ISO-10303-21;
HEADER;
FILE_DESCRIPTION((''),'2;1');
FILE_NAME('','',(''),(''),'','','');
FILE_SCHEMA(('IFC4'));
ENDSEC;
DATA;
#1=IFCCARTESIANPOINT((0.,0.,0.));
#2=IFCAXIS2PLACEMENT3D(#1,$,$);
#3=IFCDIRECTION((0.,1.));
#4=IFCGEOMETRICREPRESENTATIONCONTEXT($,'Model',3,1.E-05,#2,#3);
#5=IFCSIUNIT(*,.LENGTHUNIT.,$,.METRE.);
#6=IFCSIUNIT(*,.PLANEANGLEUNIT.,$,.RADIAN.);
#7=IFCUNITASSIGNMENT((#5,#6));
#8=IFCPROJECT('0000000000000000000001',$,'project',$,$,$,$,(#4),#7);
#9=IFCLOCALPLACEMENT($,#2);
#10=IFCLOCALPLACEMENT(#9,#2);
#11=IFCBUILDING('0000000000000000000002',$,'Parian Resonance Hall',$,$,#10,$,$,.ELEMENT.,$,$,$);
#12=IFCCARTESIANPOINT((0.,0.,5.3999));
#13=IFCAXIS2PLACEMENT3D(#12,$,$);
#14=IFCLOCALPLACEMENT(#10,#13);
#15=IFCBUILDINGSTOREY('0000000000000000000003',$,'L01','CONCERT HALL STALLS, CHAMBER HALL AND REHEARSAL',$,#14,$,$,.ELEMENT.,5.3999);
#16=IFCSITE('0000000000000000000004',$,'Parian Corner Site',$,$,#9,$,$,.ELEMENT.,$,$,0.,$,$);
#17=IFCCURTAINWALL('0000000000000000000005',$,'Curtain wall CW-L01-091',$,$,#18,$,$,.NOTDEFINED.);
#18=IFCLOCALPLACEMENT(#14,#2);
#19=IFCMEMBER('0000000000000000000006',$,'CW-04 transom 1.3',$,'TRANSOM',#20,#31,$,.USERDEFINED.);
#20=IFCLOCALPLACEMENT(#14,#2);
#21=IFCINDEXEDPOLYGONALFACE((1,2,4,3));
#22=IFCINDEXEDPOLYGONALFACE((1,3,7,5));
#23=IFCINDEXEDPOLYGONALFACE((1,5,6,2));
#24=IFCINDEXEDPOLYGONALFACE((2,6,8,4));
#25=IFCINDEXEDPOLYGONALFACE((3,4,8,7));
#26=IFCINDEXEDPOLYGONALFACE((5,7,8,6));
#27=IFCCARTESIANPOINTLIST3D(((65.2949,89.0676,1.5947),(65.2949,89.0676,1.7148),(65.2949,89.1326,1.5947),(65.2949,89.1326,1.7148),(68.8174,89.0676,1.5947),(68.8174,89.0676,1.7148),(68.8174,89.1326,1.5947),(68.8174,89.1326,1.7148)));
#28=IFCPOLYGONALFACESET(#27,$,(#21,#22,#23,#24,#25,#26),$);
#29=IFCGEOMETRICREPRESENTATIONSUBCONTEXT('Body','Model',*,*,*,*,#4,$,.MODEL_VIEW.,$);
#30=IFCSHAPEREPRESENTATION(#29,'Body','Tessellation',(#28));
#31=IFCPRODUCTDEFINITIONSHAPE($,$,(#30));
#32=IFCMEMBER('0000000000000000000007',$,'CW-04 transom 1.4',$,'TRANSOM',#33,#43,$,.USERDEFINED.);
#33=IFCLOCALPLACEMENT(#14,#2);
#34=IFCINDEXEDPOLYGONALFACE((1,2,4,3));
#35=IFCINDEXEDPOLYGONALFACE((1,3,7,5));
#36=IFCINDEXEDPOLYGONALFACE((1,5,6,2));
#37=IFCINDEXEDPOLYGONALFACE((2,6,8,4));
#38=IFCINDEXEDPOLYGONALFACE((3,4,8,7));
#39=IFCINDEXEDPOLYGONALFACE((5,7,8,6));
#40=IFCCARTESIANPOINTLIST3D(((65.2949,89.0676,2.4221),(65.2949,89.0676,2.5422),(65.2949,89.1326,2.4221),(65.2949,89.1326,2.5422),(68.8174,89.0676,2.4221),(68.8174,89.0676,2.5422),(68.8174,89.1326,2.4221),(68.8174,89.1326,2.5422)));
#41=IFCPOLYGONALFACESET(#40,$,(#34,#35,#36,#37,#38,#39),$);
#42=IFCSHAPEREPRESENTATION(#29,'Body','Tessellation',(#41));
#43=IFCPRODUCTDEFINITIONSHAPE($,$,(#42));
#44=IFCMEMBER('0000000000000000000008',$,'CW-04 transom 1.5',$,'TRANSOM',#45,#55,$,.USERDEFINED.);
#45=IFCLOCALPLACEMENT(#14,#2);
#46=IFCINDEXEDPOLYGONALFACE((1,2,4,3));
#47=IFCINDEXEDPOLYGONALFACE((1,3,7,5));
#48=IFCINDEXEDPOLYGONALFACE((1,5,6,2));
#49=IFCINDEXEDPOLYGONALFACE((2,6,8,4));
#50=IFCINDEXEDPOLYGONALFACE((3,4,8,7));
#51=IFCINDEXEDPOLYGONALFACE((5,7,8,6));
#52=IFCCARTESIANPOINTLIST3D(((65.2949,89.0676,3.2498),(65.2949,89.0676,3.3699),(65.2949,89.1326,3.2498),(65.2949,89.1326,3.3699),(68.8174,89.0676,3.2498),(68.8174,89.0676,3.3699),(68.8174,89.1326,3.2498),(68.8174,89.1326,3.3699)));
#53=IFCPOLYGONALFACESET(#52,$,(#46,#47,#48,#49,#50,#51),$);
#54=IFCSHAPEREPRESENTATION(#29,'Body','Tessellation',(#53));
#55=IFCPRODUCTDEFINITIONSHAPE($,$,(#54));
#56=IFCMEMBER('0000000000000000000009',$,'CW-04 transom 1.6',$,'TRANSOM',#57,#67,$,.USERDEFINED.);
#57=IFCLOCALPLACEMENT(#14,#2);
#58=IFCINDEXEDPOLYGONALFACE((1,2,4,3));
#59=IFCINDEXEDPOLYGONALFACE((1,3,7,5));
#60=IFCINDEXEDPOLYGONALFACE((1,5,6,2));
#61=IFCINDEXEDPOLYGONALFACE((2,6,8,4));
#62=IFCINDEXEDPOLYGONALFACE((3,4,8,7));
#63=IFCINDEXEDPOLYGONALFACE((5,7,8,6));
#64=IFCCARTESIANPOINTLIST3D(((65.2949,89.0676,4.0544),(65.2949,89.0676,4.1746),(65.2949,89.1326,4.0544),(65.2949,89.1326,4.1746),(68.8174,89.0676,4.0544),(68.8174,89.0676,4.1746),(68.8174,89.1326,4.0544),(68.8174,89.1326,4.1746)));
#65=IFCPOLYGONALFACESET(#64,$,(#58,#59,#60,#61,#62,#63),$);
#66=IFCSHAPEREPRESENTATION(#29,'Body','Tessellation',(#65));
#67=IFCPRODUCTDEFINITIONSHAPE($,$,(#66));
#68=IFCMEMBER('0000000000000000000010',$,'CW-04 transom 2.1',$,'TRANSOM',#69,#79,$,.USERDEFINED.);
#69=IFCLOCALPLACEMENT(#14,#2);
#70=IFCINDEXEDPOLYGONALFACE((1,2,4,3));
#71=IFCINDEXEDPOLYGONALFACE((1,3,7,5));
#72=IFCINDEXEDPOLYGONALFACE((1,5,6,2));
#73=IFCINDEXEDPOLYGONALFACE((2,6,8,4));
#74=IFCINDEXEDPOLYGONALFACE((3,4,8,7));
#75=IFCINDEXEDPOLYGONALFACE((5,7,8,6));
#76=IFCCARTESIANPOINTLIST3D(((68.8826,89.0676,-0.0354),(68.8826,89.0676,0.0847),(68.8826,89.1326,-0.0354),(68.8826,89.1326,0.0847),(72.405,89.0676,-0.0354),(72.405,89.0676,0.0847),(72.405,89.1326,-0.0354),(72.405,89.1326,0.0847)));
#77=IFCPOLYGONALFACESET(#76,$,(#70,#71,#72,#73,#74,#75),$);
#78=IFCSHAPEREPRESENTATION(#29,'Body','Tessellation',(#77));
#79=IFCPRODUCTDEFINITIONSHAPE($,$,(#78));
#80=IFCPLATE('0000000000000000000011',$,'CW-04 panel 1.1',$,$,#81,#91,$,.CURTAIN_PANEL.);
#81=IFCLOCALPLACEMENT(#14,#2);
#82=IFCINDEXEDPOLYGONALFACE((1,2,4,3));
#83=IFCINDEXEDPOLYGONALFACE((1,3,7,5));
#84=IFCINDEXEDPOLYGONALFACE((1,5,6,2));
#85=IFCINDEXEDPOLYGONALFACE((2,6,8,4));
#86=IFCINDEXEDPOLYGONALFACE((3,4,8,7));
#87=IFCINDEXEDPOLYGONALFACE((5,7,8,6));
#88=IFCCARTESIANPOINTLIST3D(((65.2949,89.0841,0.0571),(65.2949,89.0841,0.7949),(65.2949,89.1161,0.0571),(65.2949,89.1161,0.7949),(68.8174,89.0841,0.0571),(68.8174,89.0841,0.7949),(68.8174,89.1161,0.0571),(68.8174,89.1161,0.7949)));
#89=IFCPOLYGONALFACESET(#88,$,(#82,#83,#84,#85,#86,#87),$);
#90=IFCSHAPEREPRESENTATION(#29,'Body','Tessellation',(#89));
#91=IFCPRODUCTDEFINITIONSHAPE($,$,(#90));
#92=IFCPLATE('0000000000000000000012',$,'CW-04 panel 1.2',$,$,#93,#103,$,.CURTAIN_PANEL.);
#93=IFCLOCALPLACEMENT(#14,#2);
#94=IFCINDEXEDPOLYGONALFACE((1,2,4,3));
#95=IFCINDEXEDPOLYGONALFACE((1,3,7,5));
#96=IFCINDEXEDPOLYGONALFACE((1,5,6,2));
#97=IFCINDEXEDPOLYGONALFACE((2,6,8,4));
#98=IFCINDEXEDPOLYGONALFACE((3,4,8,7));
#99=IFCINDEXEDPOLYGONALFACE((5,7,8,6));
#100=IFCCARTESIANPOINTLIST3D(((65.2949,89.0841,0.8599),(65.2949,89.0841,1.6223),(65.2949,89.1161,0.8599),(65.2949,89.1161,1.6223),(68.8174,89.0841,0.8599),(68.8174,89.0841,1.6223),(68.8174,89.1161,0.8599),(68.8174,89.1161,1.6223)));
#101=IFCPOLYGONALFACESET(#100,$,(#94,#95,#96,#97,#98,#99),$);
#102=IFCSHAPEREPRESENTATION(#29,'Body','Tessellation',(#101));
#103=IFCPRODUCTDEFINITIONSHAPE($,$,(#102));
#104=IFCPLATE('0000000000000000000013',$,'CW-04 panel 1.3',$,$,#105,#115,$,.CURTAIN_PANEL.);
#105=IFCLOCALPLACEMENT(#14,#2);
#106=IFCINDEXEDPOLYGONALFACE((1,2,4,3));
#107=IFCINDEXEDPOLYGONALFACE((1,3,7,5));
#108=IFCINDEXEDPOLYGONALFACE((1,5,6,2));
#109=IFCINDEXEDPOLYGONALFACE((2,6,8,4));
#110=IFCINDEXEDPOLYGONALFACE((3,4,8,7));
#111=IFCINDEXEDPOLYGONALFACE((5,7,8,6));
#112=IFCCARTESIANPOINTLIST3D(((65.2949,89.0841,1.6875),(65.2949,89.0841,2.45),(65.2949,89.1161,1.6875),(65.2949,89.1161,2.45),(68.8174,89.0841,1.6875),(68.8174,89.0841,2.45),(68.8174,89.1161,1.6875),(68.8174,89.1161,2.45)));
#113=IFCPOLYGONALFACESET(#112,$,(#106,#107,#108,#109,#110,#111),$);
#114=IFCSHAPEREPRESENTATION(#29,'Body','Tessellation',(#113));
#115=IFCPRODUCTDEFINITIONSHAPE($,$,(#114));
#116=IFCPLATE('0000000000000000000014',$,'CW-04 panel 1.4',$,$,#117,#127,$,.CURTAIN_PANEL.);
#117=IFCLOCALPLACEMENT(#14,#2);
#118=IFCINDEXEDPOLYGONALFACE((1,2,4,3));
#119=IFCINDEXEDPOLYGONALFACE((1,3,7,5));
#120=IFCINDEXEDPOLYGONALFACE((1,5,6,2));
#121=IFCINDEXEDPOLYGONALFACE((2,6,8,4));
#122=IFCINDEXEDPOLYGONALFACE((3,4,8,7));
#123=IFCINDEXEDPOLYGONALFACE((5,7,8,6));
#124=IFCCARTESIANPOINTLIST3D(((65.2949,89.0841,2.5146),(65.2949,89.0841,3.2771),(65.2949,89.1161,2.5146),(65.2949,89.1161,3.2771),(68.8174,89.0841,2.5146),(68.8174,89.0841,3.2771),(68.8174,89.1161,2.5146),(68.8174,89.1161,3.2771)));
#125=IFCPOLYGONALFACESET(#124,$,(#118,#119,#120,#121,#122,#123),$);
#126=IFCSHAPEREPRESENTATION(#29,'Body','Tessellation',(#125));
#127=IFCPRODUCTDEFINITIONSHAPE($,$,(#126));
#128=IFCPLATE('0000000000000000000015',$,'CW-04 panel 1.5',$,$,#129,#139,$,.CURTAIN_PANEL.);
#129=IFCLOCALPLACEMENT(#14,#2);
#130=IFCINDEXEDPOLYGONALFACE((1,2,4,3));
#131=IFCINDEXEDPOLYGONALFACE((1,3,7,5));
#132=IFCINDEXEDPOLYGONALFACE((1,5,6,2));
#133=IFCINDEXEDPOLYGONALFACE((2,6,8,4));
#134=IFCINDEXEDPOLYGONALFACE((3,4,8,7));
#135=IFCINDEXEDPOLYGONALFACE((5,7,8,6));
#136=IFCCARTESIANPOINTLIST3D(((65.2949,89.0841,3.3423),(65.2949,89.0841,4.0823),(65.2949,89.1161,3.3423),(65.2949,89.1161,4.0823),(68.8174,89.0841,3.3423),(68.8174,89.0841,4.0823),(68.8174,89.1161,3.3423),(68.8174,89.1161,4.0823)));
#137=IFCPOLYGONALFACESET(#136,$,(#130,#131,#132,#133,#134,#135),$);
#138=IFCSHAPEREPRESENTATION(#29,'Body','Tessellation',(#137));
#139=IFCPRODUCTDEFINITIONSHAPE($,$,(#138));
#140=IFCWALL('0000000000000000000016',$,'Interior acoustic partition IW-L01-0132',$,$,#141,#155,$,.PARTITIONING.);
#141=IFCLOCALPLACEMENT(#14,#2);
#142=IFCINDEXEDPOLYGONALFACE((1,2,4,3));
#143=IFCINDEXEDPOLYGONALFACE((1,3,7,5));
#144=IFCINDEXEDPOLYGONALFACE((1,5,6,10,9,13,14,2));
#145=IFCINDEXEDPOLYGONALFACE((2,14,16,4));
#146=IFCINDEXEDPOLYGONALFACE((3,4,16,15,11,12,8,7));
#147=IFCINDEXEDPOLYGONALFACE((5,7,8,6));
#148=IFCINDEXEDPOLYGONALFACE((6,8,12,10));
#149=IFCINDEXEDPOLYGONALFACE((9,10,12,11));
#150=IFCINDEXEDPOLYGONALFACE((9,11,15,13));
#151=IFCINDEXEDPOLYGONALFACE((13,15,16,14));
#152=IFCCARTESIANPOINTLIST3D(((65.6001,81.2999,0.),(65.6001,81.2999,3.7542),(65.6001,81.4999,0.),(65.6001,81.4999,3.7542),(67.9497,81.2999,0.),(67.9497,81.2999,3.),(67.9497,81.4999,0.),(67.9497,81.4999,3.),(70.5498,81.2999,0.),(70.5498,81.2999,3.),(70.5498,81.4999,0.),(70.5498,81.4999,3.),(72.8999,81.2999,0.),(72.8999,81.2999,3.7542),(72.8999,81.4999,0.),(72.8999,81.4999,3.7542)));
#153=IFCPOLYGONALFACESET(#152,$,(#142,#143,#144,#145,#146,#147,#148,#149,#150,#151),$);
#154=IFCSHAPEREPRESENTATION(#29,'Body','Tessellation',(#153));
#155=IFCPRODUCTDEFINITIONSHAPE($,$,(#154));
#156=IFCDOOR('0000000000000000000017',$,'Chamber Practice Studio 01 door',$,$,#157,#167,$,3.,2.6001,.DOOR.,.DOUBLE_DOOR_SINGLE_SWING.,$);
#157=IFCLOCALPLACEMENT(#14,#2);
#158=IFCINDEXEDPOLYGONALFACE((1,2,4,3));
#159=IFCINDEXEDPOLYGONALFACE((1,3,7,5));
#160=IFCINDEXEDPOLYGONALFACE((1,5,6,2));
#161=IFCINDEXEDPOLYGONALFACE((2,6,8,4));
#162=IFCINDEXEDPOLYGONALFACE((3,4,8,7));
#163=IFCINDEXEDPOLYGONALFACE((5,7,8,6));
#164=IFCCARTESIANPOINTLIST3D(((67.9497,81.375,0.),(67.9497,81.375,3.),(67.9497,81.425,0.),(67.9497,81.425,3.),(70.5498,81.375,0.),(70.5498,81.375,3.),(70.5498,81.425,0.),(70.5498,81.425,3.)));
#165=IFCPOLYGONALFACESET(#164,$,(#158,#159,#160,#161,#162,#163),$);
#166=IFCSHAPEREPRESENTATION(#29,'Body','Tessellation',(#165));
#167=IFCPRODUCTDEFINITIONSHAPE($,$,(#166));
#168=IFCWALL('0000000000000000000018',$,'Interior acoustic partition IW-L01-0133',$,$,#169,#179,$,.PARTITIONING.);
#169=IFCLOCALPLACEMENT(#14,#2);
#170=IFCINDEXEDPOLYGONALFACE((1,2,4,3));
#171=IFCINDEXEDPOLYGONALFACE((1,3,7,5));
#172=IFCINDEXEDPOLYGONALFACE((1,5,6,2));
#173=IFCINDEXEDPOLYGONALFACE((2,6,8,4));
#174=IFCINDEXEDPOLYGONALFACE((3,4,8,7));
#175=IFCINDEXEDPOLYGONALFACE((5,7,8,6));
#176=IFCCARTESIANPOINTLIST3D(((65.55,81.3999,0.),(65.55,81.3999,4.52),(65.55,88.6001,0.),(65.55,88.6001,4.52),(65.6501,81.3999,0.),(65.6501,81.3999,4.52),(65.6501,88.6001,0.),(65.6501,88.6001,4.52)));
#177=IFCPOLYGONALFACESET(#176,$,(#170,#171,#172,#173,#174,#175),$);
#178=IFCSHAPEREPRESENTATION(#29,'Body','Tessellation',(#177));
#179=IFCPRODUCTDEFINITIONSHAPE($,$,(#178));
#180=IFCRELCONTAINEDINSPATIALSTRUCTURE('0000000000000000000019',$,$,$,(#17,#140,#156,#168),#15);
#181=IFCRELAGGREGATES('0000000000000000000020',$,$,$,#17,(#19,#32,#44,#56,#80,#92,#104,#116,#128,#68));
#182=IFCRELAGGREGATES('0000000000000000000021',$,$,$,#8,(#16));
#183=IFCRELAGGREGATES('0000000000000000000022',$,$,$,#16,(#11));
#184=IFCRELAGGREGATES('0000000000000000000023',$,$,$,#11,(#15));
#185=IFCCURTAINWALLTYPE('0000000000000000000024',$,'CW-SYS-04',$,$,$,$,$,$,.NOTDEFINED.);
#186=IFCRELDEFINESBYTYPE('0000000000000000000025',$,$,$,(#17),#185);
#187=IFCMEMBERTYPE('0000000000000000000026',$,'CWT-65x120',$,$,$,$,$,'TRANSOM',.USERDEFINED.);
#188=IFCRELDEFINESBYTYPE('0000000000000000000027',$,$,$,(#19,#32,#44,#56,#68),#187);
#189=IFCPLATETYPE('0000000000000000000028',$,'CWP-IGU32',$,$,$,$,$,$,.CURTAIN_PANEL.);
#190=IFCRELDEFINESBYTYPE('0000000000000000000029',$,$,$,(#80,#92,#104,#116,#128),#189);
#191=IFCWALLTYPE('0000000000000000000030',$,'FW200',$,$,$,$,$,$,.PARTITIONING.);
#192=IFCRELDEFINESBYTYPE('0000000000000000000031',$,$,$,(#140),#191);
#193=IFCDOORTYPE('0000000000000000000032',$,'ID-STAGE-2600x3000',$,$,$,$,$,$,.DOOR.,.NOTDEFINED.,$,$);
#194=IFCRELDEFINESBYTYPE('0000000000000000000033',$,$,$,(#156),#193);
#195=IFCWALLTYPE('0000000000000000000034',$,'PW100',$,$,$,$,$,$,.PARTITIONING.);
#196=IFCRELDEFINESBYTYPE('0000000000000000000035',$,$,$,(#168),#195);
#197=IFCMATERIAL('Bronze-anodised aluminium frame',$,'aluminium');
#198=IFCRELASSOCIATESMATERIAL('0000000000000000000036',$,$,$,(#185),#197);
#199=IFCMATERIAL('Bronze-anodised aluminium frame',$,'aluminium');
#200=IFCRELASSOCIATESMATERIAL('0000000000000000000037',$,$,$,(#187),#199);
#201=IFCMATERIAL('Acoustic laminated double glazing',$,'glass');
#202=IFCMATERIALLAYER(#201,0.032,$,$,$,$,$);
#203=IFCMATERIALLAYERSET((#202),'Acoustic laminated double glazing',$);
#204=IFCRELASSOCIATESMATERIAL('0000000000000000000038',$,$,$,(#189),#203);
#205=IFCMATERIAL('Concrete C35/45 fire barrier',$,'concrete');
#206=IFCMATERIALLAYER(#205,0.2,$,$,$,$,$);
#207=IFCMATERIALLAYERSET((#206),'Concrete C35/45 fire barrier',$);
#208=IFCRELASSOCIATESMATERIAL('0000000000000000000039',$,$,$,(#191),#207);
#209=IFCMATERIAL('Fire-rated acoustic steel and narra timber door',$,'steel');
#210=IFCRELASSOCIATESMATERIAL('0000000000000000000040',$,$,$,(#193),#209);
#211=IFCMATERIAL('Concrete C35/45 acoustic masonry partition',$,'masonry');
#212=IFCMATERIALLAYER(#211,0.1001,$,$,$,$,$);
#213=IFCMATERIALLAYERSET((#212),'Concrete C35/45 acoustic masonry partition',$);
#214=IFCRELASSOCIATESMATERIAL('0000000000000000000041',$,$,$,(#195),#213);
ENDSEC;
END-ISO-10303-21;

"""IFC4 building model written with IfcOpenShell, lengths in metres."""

from ifc_helpers import new_model, si_unit, direction, frame, frame_2d, origin, origin_2d, place, context, subcontext, project, spatial, rectangle, extrude, material, layer, layer_set, material_profile, profile_set, type_object, element, fill, aggregate, save


model = new_model("IFC4")

# Units and contexts
model_context = context("Model", 3, precision=1e-05, world=origin(), true_north=direction((0.0, 1.0)))
body_context = subcontext(model_context, "Body", "Model", "MODEL_VIEW")
ifc_project = project(units=[si_unit("LENGTHUNIT", "METRE"), si_unit("PLANEANGLEUNIT", "RADIAN")], contexts=[model_context])

# Site, building, storey
site_placement = place(None, origin())
site = spatial("IfcSite", under=ifc_project, at=site_placement, Name="Parian Corner Site", CompositionType="ELEMENT", RefElevation=0.0)
building_placement = place(site_placement, origin())
building = spatial("IfcBuilding", under=site, at=building_placement, Name="Parian Resonance Hall", CompositionType="ELEMENT")
storey_placement = place(building_placement, frame((0.0, 0.0, 5.3999)))
storey = spatial("IfcBuildingStorey", under=building, at=storey_placement, Name="L01", Description="CONCERT HALL STALLS, CHAMBER HALL AND REHEARSAL", CompositionType="ELEMENT", Elevation=5.3999)

# Curtain wall, members, plates
ifc_material_1 = material(Name="Bronze-anodised aluminium frame", Category="aluminium")
curtain_wall_type = type_object("IfcCurtainWallType", Name="CW-SYS-04", PredefinedType="NOTDEFINED", material=ifc_material_1)
curtain_wall_placement = place(storey_placement, origin())
curtain_wall = element("IfcCurtainWall", 1, at=curtain_wall_placement, inside=storey, type_object=curtain_wall_type, Name="Curtain wall CW-L01-091", PredefinedType="NOTDEFINED")
ifc_material_2 = material(Name="Bronze-anodised aluminium frame", Category="aluminium")
ifc_material_profile_1 = material_profile(ifc_material_2, rectangle(XDim=0.0649, YDim=0.1201, at=origin_2d()), Name="CWT-65x120")
ifc_profile_set_1 = profile_set([ifc_material_profile_1], Name="Bronze-anodised aluminium frame")
member_type_1 = type_object("IfcMemberType", Name="CWT-65x120", ElementType="TRANSOM", PredefinedType="USERDEFINED", material=ifc_profile_set_1)
member_1_placement = place(storey_placement, frame((65.2949, 89.1001, 1.6548), z_axis=(1.0, 0.0, 0.0), x_axis=(0.0, 1.0, 0.0)))
member_1 = element("IfcMember", 2, at=member_1_placement, type_object=member_type_1, Name="CW-04 transom 1.3", ObjectType="TRANSOM", PredefinedType="USERDEFINED", context=body_context, shape_type="SweptSolid", body=[
    extrude(rectangle(XDim=0.0649, YDim=0.1201, at=origin_2d()), origin(), (0.0, 0.0, 1.0), 3.5225),
])
member_2_placement = place(storey_placement, frame((65.2949, 89.1001, 2.4822), z_axis=(1.0, 0.0, 0.0), x_axis=(0.0, 1.0, 0.0)))
member_2 = element("IfcMember", 3, at=member_2_placement, type_object=member_type_1, Name="CW-04 transom 1.4", ObjectType="TRANSOM", PredefinedType="USERDEFINED", context=body_context, shape_type="SweptSolid", body=[
    extrude(rectangle(XDim=0.0649, YDim=0.1201, at=origin_2d()), origin(), (0.0, 0.0, 1.0), 3.5225),
])
member_3_placement = place(storey_placement, frame((65.2949, 89.1001, 3.3098), z_axis=(1.0, 0.0, 0.0), x_axis=(0.0, 1.0, 0.0)))
member_3 = element("IfcMember", 4, at=member_3_placement, type_object=member_type_1, Name="CW-04 transom 1.5", ObjectType="TRANSOM", PredefinedType="USERDEFINED", context=body_context, shape_type="SweptSolid", body=[
    extrude(rectangle(XDim=0.0649, YDim=0.1201, at=origin_2d()), origin(), (0.0, 0.0, 1.0), 3.5225),
])
member_4_placement = place(storey_placement, frame((65.2949, 89.1001, 4.1145), z_axis=(1.0, 0.0, 0.0), x_axis=(0.0, 1.0, 0.0)))
member_4 = element("IfcMember", 5, at=member_4_placement, type_object=member_type_1, Name="CW-04 transom 1.6", ObjectType="TRANSOM", PredefinedType="USERDEFINED", context=body_context, shape_type="SweptSolid", body=[
    extrude(rectangle(XDim=0.0649, YDim=0.1201, at=origin_2d()), origin(), (0.0, 0.0, 1.0), 3.5225),
])
member_5_placement = place(storey_placement, frame((68.8826, 89.1001, 0.0247), z_axis=(1.0, 0.0, 0.0), x_axis=(0.0, 1.0, 0.0)))
member_5 = element("IfcMember", 6, at=member_5_placement, type_object=member_type_1, Name="CW-04 transom 2.1", ObjectType="TRANSOM", PredefinedType="USERDEFINED", context=body_context, shape_type="SweptSolid", body=[
    extrude(rectangle(XDim=0.0649, YDim=0.1201, at=origin_2d()), origin(), (0.0, 0.0, 1.0), 3.5225),
])
ifc_material_3 = material(Name="Acoustic laminated double glazing", Category="glass")
ifc_layer_1 = layer(ifc_material_3, 0.032)
ifc_layer_set_1 = layer_set([ifc_layer_1], Name="Acoustic laminated double glazing")
plate_type = type_object("IfcPlateType", Name="CWP-IGU32", PredefinedType="CURTAIN_PANEL", material=ifc_layer_set_1)
plate_1_placement = place(storey_placement, frame((67.0562, 89.1001, 0.0571), z_axis=(0.0, 0.0, 1.0), x_axis=(1.0, 0.0, 0.0)))
plate_1 = element("IfcPlate", 7, at=plate_1_placement, type_object=plate_type, Name="CW-04 panel 1.1", PredefinedType="CURTAIN_PANEL", context=body_context, shape_type="SweptSolid", body=[
    extrude(rectangle(XDim=3.5225, YDim=0.032, at=origin_2d()), origin(), (0.0, 0.0, 1.0), 0.7378),
])
plate_2_placement = place(storey_placement, frame((67.0562, 89.1001, 0.8599), z_axis=(0.0, 0.0, 1.0), x_axis=(1.0, 0.0, 0.0)))
plate_2 = element("IfcPlate", 8, at=plate_2_placement, type_object=plate_type, Name="CW-04 panel 1.2", PredefinedType="CURTAIN_PANEL", context=body_context, shape_type="SweptSolid", body=[
    extrude(rectangle(XDim=3.5225, YDim=0.032, at=origin_2d()), origin(), (0.0, 0.0, 1.0), 0.7625),
])
plate_3_placement = place(storey_placement, frame((67.0562, 89.1001, 1.6875), z_axis=(0.0, 0.0, 1.0), x_axis=(1.0, 0.0, 0.0)))
plate_3 = element("IfcPlate", 9, at=plate_3_placement, type_object=plate_type, Name="CW-04 panel 1.3", PredefinedType="CURTAIN_PANEL", context=body_context, shape_type="SweptSolid", body=[
    extrude(rectangle(XDim=3.5225, YDim=0.032, at=origin_2d()), origin(), (0.0, 0.0, 1.0), 0.7625),
])
plate_4_placement = place(storey_placement, frame((67.0562, 89.1001, 2.5146), z_axis=(0.0, 0.0, 1.0), x_axis=(1.0, 0.0, 0.0)))
plate_4 = element("IfcPlate", 10, at=plate_4_placement, type_object=plate_type, Name="CW-04 panel 1.4", PredefinedType="CURTAIN_PANEL", context=body_context, shape_type="SweptSolid", body=[
    extrude(rectangle(XDim=3.5225, YDim=0.032, at=origin_2d()), origin(), (0.0, 0.0, 1.0), 0.7625),
])
plate_5_placement = place(storey_placement, frame((67.0562, 89.1001, 3.3423), z_axis=(0.0, 0.0, 1.0), x_axis=(1.0, 0.0, 0.0)))
plate_5 = element("IfcPlate", 11, at=plate_5_placement, type_object=plate_type, Name="CW-04 panel 1.5", PredefinedType="CURTAIN_PANEL", context=body_context, shape_type="SweptSolid", body=[
    extrude(rectangle(XDim=3.5225, YDim=0.032, at=origin_2d()), origin(), (0.0, 0.0, 1.0), 0.74),
])
aggregate(curtain_wall, [member_1, member_2, member_3, member_4, plate_1, plate_2, plate_3, plate_4, plate_5, member_5])

# Wall, opening, door
ifc_material_4 = material(Name="Concrete C35/45 fire barrier", Category="concrete")
ifc_layer_2 = layer(ifc_material_4, 0.2)
ifc_layer_set_2 = layer_set([ifc_layer_2], Name="Concrete C35/45 fire barrier")
wall_type_1 = type_object("IfcWallType", Name="FW200", PredefinedType="PARTITIONING", material=ifc_layer_set_2)
wall_1_placement = place(storey_placement, frame((72.8999, 81.3999, 0.0), z_axis=(0.0, 0.0, 1.0), x_axis=(-1.0, 0.0, 0.0)))
wall_1 = element("IfcWall", 12, at=wall_1_placement, inside=storey, type_object=wall_type_1, Name="Interior acoustic partition IW-L01-0132", PredefinedType="PARTITIONING", context=body_context, shape_type="SweptSolid", body=[
    extrude(rectangle(XDim=7.2998, YDim=0.2, at=frame_2d((3.6499, 0.0))), origin(), (0.0, 0.0, 1.0), 3.7542),
])
opening_1_placement = place(wall_1_placement, frame((2.3501, 0.0, 0.0)))
opening_1 = element("IfcOpeningElement", 13, at=opening_1_placement, cuts=wall_1, PredefinedType="OPENING", context=body_context, shape_type="SweptSolid", body=[
    extrude(rectangle(XDim=2.6001, YDim=3.0, at=frame_2d((1.3, 1.5))), frame((0.0, 0.1099, 0.0), z_axis=(0.0, -1.0, 0.0), x_axis=(1.0, 0.0, 0.0)), (0.0, 0.0, 1.0), 0.22),
])
ifc_material_5 = material(Name="Fire-rated acoustic steel and narra timber door", Category="steel")
door_type_1 = type_object("IfcDoorType", Name="ID-STAGE-2600x3000", OperationType="NOTDEFINED", PredefinedType="DOOR", material=ifc_material_5)
door_1_placement = place(opening_1_placement, origin())
door_1 = element("IfcDoor", 14, at=door_1_placement, inside=storey, type_object=door_type_1, Name="Chamber Practice Studio 01 door", OperationType="DOUBLE_DOOR_SINGLE_SWING", OverallHeight=3.0, OverallWidth=2.6001, PredefinedType="DOOR", context=body_context, shape_type="SweptSolid", body=[
    extrude(rectangle(XDim=2.6001, YDim=3.0, at=frame_2d((1.3, 1.5))), frame((0.0, 0.0249, 0.0), z_axis=(0.0, -1.0, 0.0), x_axis=(1.0, 0.0, 0.0)), (0.0, 0.0, 1.0), 0.05),
])
fill(opening_1, door_1)

# Wall
ifc_material_6 = material(Name="Concrete C35/45 acoustic masonry partition", Category="masonry")
ifc_layer_3 = layer(ifc_material_6, 0.1001)
ifc_layer_set_3 = layer_set([ifc_layer_3], Name="Concrete C35/45 acoustic masonry partition")
wall_type_2 = type_object("IfcWallType", Name="PW100", PredefinedType="PARTITIONING", material=ifc_layer_set_3)
wall_2_placement = place(storey_placement, frame((65.6001, 81.3999, 0.0), z_axis=(0.0, 0.0, 1.0), x_axis=(0.0, 1.0, 0.0)))
element("IfcWall", 15, at=wall_2_placement, inside=storey, type_object=wall_type_2, Name="Interior acoustic partition IW-L01-0133", PredefinedType="PARTITIONING", context=body_context, shape_type="SweptSolid", body=[
    extrude(rectangle(XDim=7.2002, YDim=0.1001, at=frame_2d((3.6001, 0.0))), origin(), (0.0, 0.0, 1.0), 4.52),
])

save(model, "model.ifc")
